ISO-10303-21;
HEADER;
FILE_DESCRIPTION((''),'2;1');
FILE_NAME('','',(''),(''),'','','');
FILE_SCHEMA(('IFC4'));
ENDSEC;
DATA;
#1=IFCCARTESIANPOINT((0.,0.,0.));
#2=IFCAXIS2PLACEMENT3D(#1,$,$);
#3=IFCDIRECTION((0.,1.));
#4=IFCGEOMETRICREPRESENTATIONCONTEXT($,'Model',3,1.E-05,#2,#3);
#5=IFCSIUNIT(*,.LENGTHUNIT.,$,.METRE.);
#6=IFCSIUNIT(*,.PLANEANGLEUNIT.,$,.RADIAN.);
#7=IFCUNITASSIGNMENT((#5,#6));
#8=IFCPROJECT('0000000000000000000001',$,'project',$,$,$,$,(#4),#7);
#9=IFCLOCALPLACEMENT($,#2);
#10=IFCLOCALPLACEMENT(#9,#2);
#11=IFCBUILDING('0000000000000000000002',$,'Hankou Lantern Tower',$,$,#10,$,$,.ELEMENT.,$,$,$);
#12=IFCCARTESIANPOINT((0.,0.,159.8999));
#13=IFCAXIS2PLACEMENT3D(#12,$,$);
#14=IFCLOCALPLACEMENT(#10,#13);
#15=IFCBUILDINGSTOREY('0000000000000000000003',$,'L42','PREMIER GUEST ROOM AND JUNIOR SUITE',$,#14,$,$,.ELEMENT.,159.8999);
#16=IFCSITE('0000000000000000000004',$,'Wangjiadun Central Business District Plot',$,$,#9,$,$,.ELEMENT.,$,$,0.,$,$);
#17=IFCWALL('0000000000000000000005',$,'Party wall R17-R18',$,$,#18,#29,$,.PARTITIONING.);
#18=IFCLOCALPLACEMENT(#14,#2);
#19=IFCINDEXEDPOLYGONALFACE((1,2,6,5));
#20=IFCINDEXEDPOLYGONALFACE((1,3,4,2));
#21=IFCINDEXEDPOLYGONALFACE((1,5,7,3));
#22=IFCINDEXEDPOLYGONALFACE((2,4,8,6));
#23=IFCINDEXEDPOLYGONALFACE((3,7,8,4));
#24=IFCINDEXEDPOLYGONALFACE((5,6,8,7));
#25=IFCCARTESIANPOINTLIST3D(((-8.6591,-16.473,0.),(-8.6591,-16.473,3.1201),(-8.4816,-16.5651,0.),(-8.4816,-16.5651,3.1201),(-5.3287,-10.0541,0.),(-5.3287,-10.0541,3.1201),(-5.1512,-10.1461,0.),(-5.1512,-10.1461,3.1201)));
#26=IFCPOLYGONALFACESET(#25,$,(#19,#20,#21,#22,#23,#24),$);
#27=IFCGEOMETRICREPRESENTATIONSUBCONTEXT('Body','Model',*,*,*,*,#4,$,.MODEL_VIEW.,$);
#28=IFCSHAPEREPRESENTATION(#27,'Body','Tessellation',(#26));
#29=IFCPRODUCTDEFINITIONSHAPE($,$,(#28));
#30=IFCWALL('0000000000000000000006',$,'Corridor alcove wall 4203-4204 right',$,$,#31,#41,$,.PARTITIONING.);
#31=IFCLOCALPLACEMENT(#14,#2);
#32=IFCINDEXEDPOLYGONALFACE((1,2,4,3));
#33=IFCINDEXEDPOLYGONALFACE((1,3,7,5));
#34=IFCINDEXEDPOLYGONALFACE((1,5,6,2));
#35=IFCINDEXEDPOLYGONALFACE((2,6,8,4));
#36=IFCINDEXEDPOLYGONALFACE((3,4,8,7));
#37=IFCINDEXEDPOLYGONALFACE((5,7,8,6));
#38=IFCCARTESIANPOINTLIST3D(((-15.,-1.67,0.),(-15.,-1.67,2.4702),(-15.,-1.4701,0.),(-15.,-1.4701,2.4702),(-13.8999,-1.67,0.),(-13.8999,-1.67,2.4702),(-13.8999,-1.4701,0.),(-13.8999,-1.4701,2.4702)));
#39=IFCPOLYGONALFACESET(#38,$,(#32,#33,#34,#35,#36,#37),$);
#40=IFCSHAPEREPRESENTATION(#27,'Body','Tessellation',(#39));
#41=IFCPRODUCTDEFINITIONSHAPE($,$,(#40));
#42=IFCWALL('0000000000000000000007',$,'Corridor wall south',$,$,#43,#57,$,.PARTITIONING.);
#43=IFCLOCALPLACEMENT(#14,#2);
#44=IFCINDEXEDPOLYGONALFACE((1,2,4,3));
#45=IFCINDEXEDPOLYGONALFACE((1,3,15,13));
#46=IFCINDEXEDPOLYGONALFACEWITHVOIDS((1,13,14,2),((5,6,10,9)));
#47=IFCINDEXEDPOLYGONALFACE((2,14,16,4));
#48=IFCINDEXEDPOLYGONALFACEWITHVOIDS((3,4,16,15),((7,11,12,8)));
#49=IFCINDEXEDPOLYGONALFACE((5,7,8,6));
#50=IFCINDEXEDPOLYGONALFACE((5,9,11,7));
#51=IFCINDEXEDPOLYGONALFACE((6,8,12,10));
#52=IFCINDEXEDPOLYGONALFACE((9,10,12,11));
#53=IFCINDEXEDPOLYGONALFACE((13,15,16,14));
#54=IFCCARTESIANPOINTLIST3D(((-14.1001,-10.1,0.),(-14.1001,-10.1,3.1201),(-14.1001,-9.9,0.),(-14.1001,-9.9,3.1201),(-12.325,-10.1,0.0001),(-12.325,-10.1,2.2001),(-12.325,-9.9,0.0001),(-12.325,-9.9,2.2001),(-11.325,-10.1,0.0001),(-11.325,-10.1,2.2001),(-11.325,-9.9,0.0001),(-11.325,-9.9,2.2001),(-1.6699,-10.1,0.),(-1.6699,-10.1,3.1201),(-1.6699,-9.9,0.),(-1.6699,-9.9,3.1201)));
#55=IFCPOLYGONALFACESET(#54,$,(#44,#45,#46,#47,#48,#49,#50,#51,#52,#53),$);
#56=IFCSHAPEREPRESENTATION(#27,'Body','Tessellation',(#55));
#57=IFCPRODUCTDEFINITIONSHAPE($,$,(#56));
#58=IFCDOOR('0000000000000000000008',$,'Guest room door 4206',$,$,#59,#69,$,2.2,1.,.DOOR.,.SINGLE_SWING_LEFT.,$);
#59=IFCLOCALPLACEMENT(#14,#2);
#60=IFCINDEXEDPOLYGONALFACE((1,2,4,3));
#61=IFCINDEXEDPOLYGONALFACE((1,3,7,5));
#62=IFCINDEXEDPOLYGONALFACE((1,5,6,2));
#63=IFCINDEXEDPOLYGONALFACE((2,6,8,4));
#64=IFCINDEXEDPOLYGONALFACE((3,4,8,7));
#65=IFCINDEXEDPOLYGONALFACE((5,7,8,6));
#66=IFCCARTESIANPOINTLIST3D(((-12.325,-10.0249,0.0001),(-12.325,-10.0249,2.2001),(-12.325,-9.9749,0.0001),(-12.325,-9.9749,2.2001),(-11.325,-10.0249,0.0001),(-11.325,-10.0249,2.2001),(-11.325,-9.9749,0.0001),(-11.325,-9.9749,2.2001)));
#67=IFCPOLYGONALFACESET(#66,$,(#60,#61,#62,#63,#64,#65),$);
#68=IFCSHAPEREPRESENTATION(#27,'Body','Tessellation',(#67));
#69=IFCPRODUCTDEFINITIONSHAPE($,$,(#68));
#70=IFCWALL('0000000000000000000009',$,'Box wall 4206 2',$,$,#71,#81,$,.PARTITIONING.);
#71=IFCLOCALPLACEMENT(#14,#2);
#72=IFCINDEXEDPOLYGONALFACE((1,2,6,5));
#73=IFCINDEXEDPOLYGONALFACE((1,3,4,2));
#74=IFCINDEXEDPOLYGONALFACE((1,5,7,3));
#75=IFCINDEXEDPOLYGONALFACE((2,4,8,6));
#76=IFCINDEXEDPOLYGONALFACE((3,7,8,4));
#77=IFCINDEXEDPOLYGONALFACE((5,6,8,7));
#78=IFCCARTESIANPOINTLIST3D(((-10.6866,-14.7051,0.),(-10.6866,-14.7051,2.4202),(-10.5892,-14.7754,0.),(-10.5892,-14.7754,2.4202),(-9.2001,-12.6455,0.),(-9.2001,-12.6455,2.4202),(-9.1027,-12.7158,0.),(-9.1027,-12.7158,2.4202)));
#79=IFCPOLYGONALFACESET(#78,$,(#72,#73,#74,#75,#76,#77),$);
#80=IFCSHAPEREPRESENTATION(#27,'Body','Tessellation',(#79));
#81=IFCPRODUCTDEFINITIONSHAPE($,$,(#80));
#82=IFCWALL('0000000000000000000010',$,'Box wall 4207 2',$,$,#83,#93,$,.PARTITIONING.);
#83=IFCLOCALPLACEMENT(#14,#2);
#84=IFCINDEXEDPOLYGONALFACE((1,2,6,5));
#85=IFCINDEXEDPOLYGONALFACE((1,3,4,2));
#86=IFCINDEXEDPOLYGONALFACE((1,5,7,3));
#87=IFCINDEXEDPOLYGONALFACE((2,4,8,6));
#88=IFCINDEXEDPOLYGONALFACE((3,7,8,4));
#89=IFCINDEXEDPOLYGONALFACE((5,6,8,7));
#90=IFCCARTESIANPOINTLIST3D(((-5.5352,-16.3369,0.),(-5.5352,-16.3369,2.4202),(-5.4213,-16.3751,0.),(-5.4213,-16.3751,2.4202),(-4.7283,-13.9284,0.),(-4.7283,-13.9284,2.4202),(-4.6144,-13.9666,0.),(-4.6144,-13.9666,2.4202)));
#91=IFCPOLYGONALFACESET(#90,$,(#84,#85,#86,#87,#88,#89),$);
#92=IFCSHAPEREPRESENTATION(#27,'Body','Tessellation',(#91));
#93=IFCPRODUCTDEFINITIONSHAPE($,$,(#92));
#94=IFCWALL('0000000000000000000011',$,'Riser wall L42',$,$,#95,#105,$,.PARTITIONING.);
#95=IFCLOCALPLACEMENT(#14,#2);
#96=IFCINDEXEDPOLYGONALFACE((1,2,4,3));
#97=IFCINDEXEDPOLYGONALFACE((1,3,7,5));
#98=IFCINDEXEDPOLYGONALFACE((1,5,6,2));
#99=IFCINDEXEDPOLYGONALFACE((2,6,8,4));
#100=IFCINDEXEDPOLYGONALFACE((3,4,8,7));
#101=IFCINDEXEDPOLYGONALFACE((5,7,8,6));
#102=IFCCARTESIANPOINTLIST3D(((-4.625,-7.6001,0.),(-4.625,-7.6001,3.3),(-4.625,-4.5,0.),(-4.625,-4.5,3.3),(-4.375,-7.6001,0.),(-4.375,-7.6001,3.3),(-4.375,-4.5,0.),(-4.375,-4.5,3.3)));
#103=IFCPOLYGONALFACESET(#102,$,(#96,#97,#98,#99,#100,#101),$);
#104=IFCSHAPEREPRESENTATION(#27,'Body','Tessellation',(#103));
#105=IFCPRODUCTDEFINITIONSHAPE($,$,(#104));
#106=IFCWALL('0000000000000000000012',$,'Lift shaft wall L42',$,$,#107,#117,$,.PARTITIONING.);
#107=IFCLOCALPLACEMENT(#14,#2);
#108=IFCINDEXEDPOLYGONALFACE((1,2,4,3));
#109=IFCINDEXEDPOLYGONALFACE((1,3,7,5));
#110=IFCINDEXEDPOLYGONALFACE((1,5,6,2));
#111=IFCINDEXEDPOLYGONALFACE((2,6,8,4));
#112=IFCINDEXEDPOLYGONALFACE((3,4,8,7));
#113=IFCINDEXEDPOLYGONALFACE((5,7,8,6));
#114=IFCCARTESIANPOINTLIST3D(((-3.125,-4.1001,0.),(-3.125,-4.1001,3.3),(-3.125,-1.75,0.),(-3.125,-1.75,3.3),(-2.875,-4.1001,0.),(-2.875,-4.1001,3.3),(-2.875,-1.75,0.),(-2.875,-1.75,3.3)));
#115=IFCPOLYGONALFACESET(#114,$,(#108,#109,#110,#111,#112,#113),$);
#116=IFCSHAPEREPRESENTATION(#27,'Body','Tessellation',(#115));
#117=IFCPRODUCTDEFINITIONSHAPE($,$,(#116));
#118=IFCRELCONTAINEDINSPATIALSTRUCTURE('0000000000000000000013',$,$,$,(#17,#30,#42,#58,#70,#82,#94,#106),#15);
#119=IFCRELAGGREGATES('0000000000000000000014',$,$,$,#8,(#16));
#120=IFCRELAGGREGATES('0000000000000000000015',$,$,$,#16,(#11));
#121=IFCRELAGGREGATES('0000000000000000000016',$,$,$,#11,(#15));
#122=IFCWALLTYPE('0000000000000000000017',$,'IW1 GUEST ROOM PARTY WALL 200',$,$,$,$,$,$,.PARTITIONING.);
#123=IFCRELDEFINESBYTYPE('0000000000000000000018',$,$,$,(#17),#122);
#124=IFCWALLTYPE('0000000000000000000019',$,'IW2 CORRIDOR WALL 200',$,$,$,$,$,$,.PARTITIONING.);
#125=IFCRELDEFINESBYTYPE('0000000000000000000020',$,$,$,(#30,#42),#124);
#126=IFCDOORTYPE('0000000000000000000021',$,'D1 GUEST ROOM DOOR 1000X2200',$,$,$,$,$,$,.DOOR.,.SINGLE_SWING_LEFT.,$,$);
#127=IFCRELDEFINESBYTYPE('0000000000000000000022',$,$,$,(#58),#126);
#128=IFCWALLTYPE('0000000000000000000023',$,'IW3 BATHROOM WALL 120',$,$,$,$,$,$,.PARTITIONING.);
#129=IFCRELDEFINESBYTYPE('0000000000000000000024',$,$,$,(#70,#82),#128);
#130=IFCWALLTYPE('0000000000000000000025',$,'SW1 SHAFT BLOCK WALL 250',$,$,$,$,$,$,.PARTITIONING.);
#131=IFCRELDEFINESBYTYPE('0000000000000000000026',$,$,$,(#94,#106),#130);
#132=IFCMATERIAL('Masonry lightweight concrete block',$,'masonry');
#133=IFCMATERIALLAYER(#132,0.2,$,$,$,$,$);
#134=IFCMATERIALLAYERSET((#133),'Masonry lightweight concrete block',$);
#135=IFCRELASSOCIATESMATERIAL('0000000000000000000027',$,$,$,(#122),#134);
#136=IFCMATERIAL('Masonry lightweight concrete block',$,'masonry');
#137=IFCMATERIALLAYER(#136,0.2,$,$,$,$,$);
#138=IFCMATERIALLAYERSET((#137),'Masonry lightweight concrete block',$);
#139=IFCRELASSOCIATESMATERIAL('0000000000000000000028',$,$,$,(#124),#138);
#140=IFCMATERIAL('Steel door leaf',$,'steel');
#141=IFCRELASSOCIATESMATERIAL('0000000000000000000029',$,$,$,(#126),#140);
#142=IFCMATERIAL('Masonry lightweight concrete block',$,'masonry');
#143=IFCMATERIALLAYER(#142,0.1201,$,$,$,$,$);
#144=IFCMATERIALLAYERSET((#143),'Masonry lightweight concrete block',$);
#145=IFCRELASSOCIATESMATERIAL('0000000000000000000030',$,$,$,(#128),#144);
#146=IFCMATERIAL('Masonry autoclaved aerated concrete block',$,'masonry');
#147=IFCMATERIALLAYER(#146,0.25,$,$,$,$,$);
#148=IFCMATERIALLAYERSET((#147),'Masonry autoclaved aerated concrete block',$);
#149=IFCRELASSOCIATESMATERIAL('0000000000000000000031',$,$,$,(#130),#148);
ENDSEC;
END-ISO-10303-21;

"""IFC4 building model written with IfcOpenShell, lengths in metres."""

from ifc_helpers import new_model, si_unit, direction, frame, frame_2d, origin, place, context, subcontext, project, spatial, rectangle, extrude, material, layer, layer_set, type_object, element, fill, save


model = new_model("IFC4")

# Units and contexts
model_context = context("Model", 3, precision=1e-05, world=origin(), true_north=direction((0.0, 1.0)))
body_context = subcontext(model_context, "Body", "Model", "MODEL_VIEW")
ifc_project = project(units=[si_unit("LENGTHUNIT", "METRE"), si_unit("PLANEANGLEUNIT", "RADIAN")], contexts=[model_context])

# Site, building, storey
site_placement = place(None, origin())
site = spatial("IfcSite", under=ifc_project, at=site_placement, Name="Wangjiadun Central Business District Plot", CompositionType="ELEMENT", RefElevation=0.0)
building_placement = place(site_placement, origin())
building = spatial("IfcBuilding", under=site, at=building_placement, Name="Hankou Lantern Tower", CompositionType="ELEMENT")
storey_placement = place(building_placement, frame((0.0, 0.0, 159.8999)))
storey = spatial("IfcBuildingStorey", under=building, at=storey_placement, Name="L42", Description="PREMIER GUEST ROOM AND JUNIOR SUITE", CompositionType="ELEMENT", Elevation=159.8999)

# Walls
ifc_material_1 = material(Name="Masonry lightweight concrete block", Category="masonry")
ifc_layer_1 = layer(ifc_material_1, 0.2)
ifc_layer_set_1 = layer_set([ifc_layer_1], Name="Masonry lightweight concrete block")
wall_type_1 = type_object("IfcWallType", Name="IW1 GUEST ROOM PARTY WALL 200", PredefinedType="PARTITIONING", material=ifc_layer_set_1)
wall_1_placement = place(storey_placement, frame((-5.24, -10.1001, 0.0), z_axis=(0.0, 0.0, 1.0), x_axis=(-0.460533, -0.887643, 0.0)))
element("IfcWall", 1, at=wall_1_placement, inside=storey, type_object=wall_type_1, Name="Party wall R17-R18", PredefinedType="PARTITIONING", context=body_context, shape_type="SweptSolid", body=[
    extrude(rectangle(XDim=7.2314, YDim=0.2, at=frame_2d((3.6157, 0.0))), origin(), (0.0, 0.0, 1.0), 3.1201),
])
ifc_material_2 = material(Name="Masonry lightweight concrete block", Category="masonry")
ifc_layer_2 = layer(ifc_material_2, 0.2)
ifc_layer_set_2 = layer_set([ifc_layer_2], Name="Masonry lightweight concrete block")
wall_type_2 = type_object("IfcWallType", Name="IW2 CORRIDOR WALL 200", PredefinedType="PARTITIONING", material=ifc_layer_set_2)
wall_2_placement = place(storey_placement, frame((-13.8999, -1.5701, 0.0), z_axis=(0.0, 0.0, 1.0), x_axis=(-1.0, 0.0, 0.0)))
element("IfcWall", 2, at=wall_2_placement, inside=storey, type_object=wall_type_2, Name="Corridor alcove wall 4203-4204 right", PredefinedType="PARTITIONING", context=body_context, shape_type="SweptSolid", body=[
    extrude(rectangle(XDim=1.1001, YDim=0.2, at=frame_2d((0.55, 0.0))), origin(), (0.0, 0.0, 1.0), 2.4702),
])

# Wall, opening, door
wall_3_placement = place(storey_placement, frame((-1.6699, -10.0, 0.0), z_axis=(0.0, 0.0, 1.0), x_axis=(-1.0, 0.0, 0.0)))
wall_3 = element("IfcWall", 3, at=wall_3_placement, inside=storey, type_object=wall_type_2, Name="Corridor wall south", PredefinedType="PARTITIONING", context=body_context, shape_type="SweptSolid", body=[
    extrude(rectangle(XDim=12.4302, YDim=0.2, at=frame_2d((6.2151, 0.0))), origin(), (0.0, 0.0, 1.0), 3.1201),
])
opening_1_placement = place(wall_3_placement, frame((9.655, 0.0, 0.0)))
opening_1 = element("IfcOpeningElement", 4, at=opening_1_placement, cuts=wall_3, PredefinedType="OPENING", context=body_context, shape_type="SweptSolid", body=[
    extrude(rectangle(XDim=1.0, YDim=2.2, at=frame_2d((0.5, 1.1001))), frame((0.0, 0.1099, 0.0), z_axis=(0.0, -1.0, 0.0), x_axis=(1.0, 0.0, 0.0)), (0.0, 0.0, 1.0), 0.22),
])
ifc_material_3 = material(Name="Steel door leaf", Category="steel")
door_type_1 = type_object("IfcDoorType", Name="D1 GUEST ROOM DOOR 1000X2200", OperationType="SINGLE_SWING_LEFT", PredefinedType="DOOR", material=ifc_material_3)
door_1_placement = place(opening_1_placement, origin())
door_1 = element("IfcDoor", 5, at=door_1_placement, inside=storey, type_object=door_type_1, Name="Guest room door 4206", OperationType="SINGLE_SWING_LEFT", OverallHeight=2.2, OverallWidth=1.0, PredefinedType="DOOR", context=body_context, shape_type="SweptSolid", body=[
    extrude(rectangle(XDim=1.0, YDim=2.2, at=frame_2d((0.5, 1.1001))), frame((0.0, 0.0249, 0.0), z_axis=(0.0, -1.0, 0.0), x_axis=(1.0, 0.0, 0.0)), (0.0, 0.0, 1.0), 0.05),
])
fill(opening_1, door_1)

# Walls
ifc_material_4 = material(Name="Masonry lightweight concrete block", Category="masonry")
ifc_layer_3 = layer(ifc_material_4, 0.1201)
ifc_layer_set_3 = layer_set([ifc_layer_3], Name="Masonry lightweight concrete block")
wall_type_3 = type_object("IfcWallType", Name="IW3 BATHROOM WALL 120", PredefinedType="PARTITIONING", material=ifc_layer_set_3)
for number, where, z_axis, x_axis, name in (
    (6, (-9.1514, -12.6807, 0.0), (0.0, 0.0, 1.0), (-0.585259, -0.810846, 0.0), "Box wall 4206 2"),
    (7, (-4.6714, -13.9475, 0.0), (0.0, 0.0, 1.0), (-0.317669, -0.948202, 0.0), "Box wall 4207 2"),
):
    element("IfcWall", number, at=place(storey_placement, frame(where, z_axis=z_axis, x_axis=x_axis)), inside=storey, type_object=wall_type_3, Name=name, PredefinedType="PARTITIONING", context=body_context, shape_type="SweptSolid", body=[
        extrude(rectangle(XDim=2.54, YDim=0.1201, at=frame_2d((1.27, 0.0))), origin(), (0.0, 0.0, 1.0), 2.4202),
    ])
ifc_material_5 = material(Name="Masonry autoclaved aerated concrete block", Category="masonry")
ifc_layer_4 = layer(ifc_material_5, 0.25)
ifc_layer_set_4 = layer_set([ifc_layer_4], Name="Masonry autoclaved aerated concrete block")
wall_type_4 = type_object("IfcWallType", Name="SW1 SHAFT BLOCK WALL 250", PredefinedType="PARTITIONING", material=ifc_layer_set_4)
wall_4_placement = place(storey_placement, frame((-4.5, -7.6001, 0.0), z_axis=(0.0, 0.0, 1.0), x_axis=(0.0, 1.0, 0.0)))
element("IfcWall", 8, at=wall_4_placement, inside=storey, type_object=wall_type_4, Name="Riser wall L42", PredefinedType="PARTITIONING", context=body_context, shape_type="SweptSolid", body=[
    extrude(rectangle(XDim=3.1001, YDim=0.25, at=frame_2d((1.55, 0.0))), origin(), (0.0, 0.0, 1.0), 3.3),
])
wall_5_placement = place(storey_placement, frame((-3.0, -4.1001, 0.0), z_axis=(0.0, 0.0, 1.0), x_axis=(0.0, 1.0, 0.0)))
element("IfcWall", 9, at=wall_5_placement, inside=storey, type_object=wall_type_4, Name="Lift shaft wall L42", PredefinedType="PARTITIONING", context=body_context, shape_type="SweptSolid", body=[
    extrude(rectangle(XDim=2.3501, YDim=0.25, at=frame_2d((1.175, 0.0))), origin(), (0.0, 0.0, 1.0), 3.3),
])

save(model, "model.ifc")
